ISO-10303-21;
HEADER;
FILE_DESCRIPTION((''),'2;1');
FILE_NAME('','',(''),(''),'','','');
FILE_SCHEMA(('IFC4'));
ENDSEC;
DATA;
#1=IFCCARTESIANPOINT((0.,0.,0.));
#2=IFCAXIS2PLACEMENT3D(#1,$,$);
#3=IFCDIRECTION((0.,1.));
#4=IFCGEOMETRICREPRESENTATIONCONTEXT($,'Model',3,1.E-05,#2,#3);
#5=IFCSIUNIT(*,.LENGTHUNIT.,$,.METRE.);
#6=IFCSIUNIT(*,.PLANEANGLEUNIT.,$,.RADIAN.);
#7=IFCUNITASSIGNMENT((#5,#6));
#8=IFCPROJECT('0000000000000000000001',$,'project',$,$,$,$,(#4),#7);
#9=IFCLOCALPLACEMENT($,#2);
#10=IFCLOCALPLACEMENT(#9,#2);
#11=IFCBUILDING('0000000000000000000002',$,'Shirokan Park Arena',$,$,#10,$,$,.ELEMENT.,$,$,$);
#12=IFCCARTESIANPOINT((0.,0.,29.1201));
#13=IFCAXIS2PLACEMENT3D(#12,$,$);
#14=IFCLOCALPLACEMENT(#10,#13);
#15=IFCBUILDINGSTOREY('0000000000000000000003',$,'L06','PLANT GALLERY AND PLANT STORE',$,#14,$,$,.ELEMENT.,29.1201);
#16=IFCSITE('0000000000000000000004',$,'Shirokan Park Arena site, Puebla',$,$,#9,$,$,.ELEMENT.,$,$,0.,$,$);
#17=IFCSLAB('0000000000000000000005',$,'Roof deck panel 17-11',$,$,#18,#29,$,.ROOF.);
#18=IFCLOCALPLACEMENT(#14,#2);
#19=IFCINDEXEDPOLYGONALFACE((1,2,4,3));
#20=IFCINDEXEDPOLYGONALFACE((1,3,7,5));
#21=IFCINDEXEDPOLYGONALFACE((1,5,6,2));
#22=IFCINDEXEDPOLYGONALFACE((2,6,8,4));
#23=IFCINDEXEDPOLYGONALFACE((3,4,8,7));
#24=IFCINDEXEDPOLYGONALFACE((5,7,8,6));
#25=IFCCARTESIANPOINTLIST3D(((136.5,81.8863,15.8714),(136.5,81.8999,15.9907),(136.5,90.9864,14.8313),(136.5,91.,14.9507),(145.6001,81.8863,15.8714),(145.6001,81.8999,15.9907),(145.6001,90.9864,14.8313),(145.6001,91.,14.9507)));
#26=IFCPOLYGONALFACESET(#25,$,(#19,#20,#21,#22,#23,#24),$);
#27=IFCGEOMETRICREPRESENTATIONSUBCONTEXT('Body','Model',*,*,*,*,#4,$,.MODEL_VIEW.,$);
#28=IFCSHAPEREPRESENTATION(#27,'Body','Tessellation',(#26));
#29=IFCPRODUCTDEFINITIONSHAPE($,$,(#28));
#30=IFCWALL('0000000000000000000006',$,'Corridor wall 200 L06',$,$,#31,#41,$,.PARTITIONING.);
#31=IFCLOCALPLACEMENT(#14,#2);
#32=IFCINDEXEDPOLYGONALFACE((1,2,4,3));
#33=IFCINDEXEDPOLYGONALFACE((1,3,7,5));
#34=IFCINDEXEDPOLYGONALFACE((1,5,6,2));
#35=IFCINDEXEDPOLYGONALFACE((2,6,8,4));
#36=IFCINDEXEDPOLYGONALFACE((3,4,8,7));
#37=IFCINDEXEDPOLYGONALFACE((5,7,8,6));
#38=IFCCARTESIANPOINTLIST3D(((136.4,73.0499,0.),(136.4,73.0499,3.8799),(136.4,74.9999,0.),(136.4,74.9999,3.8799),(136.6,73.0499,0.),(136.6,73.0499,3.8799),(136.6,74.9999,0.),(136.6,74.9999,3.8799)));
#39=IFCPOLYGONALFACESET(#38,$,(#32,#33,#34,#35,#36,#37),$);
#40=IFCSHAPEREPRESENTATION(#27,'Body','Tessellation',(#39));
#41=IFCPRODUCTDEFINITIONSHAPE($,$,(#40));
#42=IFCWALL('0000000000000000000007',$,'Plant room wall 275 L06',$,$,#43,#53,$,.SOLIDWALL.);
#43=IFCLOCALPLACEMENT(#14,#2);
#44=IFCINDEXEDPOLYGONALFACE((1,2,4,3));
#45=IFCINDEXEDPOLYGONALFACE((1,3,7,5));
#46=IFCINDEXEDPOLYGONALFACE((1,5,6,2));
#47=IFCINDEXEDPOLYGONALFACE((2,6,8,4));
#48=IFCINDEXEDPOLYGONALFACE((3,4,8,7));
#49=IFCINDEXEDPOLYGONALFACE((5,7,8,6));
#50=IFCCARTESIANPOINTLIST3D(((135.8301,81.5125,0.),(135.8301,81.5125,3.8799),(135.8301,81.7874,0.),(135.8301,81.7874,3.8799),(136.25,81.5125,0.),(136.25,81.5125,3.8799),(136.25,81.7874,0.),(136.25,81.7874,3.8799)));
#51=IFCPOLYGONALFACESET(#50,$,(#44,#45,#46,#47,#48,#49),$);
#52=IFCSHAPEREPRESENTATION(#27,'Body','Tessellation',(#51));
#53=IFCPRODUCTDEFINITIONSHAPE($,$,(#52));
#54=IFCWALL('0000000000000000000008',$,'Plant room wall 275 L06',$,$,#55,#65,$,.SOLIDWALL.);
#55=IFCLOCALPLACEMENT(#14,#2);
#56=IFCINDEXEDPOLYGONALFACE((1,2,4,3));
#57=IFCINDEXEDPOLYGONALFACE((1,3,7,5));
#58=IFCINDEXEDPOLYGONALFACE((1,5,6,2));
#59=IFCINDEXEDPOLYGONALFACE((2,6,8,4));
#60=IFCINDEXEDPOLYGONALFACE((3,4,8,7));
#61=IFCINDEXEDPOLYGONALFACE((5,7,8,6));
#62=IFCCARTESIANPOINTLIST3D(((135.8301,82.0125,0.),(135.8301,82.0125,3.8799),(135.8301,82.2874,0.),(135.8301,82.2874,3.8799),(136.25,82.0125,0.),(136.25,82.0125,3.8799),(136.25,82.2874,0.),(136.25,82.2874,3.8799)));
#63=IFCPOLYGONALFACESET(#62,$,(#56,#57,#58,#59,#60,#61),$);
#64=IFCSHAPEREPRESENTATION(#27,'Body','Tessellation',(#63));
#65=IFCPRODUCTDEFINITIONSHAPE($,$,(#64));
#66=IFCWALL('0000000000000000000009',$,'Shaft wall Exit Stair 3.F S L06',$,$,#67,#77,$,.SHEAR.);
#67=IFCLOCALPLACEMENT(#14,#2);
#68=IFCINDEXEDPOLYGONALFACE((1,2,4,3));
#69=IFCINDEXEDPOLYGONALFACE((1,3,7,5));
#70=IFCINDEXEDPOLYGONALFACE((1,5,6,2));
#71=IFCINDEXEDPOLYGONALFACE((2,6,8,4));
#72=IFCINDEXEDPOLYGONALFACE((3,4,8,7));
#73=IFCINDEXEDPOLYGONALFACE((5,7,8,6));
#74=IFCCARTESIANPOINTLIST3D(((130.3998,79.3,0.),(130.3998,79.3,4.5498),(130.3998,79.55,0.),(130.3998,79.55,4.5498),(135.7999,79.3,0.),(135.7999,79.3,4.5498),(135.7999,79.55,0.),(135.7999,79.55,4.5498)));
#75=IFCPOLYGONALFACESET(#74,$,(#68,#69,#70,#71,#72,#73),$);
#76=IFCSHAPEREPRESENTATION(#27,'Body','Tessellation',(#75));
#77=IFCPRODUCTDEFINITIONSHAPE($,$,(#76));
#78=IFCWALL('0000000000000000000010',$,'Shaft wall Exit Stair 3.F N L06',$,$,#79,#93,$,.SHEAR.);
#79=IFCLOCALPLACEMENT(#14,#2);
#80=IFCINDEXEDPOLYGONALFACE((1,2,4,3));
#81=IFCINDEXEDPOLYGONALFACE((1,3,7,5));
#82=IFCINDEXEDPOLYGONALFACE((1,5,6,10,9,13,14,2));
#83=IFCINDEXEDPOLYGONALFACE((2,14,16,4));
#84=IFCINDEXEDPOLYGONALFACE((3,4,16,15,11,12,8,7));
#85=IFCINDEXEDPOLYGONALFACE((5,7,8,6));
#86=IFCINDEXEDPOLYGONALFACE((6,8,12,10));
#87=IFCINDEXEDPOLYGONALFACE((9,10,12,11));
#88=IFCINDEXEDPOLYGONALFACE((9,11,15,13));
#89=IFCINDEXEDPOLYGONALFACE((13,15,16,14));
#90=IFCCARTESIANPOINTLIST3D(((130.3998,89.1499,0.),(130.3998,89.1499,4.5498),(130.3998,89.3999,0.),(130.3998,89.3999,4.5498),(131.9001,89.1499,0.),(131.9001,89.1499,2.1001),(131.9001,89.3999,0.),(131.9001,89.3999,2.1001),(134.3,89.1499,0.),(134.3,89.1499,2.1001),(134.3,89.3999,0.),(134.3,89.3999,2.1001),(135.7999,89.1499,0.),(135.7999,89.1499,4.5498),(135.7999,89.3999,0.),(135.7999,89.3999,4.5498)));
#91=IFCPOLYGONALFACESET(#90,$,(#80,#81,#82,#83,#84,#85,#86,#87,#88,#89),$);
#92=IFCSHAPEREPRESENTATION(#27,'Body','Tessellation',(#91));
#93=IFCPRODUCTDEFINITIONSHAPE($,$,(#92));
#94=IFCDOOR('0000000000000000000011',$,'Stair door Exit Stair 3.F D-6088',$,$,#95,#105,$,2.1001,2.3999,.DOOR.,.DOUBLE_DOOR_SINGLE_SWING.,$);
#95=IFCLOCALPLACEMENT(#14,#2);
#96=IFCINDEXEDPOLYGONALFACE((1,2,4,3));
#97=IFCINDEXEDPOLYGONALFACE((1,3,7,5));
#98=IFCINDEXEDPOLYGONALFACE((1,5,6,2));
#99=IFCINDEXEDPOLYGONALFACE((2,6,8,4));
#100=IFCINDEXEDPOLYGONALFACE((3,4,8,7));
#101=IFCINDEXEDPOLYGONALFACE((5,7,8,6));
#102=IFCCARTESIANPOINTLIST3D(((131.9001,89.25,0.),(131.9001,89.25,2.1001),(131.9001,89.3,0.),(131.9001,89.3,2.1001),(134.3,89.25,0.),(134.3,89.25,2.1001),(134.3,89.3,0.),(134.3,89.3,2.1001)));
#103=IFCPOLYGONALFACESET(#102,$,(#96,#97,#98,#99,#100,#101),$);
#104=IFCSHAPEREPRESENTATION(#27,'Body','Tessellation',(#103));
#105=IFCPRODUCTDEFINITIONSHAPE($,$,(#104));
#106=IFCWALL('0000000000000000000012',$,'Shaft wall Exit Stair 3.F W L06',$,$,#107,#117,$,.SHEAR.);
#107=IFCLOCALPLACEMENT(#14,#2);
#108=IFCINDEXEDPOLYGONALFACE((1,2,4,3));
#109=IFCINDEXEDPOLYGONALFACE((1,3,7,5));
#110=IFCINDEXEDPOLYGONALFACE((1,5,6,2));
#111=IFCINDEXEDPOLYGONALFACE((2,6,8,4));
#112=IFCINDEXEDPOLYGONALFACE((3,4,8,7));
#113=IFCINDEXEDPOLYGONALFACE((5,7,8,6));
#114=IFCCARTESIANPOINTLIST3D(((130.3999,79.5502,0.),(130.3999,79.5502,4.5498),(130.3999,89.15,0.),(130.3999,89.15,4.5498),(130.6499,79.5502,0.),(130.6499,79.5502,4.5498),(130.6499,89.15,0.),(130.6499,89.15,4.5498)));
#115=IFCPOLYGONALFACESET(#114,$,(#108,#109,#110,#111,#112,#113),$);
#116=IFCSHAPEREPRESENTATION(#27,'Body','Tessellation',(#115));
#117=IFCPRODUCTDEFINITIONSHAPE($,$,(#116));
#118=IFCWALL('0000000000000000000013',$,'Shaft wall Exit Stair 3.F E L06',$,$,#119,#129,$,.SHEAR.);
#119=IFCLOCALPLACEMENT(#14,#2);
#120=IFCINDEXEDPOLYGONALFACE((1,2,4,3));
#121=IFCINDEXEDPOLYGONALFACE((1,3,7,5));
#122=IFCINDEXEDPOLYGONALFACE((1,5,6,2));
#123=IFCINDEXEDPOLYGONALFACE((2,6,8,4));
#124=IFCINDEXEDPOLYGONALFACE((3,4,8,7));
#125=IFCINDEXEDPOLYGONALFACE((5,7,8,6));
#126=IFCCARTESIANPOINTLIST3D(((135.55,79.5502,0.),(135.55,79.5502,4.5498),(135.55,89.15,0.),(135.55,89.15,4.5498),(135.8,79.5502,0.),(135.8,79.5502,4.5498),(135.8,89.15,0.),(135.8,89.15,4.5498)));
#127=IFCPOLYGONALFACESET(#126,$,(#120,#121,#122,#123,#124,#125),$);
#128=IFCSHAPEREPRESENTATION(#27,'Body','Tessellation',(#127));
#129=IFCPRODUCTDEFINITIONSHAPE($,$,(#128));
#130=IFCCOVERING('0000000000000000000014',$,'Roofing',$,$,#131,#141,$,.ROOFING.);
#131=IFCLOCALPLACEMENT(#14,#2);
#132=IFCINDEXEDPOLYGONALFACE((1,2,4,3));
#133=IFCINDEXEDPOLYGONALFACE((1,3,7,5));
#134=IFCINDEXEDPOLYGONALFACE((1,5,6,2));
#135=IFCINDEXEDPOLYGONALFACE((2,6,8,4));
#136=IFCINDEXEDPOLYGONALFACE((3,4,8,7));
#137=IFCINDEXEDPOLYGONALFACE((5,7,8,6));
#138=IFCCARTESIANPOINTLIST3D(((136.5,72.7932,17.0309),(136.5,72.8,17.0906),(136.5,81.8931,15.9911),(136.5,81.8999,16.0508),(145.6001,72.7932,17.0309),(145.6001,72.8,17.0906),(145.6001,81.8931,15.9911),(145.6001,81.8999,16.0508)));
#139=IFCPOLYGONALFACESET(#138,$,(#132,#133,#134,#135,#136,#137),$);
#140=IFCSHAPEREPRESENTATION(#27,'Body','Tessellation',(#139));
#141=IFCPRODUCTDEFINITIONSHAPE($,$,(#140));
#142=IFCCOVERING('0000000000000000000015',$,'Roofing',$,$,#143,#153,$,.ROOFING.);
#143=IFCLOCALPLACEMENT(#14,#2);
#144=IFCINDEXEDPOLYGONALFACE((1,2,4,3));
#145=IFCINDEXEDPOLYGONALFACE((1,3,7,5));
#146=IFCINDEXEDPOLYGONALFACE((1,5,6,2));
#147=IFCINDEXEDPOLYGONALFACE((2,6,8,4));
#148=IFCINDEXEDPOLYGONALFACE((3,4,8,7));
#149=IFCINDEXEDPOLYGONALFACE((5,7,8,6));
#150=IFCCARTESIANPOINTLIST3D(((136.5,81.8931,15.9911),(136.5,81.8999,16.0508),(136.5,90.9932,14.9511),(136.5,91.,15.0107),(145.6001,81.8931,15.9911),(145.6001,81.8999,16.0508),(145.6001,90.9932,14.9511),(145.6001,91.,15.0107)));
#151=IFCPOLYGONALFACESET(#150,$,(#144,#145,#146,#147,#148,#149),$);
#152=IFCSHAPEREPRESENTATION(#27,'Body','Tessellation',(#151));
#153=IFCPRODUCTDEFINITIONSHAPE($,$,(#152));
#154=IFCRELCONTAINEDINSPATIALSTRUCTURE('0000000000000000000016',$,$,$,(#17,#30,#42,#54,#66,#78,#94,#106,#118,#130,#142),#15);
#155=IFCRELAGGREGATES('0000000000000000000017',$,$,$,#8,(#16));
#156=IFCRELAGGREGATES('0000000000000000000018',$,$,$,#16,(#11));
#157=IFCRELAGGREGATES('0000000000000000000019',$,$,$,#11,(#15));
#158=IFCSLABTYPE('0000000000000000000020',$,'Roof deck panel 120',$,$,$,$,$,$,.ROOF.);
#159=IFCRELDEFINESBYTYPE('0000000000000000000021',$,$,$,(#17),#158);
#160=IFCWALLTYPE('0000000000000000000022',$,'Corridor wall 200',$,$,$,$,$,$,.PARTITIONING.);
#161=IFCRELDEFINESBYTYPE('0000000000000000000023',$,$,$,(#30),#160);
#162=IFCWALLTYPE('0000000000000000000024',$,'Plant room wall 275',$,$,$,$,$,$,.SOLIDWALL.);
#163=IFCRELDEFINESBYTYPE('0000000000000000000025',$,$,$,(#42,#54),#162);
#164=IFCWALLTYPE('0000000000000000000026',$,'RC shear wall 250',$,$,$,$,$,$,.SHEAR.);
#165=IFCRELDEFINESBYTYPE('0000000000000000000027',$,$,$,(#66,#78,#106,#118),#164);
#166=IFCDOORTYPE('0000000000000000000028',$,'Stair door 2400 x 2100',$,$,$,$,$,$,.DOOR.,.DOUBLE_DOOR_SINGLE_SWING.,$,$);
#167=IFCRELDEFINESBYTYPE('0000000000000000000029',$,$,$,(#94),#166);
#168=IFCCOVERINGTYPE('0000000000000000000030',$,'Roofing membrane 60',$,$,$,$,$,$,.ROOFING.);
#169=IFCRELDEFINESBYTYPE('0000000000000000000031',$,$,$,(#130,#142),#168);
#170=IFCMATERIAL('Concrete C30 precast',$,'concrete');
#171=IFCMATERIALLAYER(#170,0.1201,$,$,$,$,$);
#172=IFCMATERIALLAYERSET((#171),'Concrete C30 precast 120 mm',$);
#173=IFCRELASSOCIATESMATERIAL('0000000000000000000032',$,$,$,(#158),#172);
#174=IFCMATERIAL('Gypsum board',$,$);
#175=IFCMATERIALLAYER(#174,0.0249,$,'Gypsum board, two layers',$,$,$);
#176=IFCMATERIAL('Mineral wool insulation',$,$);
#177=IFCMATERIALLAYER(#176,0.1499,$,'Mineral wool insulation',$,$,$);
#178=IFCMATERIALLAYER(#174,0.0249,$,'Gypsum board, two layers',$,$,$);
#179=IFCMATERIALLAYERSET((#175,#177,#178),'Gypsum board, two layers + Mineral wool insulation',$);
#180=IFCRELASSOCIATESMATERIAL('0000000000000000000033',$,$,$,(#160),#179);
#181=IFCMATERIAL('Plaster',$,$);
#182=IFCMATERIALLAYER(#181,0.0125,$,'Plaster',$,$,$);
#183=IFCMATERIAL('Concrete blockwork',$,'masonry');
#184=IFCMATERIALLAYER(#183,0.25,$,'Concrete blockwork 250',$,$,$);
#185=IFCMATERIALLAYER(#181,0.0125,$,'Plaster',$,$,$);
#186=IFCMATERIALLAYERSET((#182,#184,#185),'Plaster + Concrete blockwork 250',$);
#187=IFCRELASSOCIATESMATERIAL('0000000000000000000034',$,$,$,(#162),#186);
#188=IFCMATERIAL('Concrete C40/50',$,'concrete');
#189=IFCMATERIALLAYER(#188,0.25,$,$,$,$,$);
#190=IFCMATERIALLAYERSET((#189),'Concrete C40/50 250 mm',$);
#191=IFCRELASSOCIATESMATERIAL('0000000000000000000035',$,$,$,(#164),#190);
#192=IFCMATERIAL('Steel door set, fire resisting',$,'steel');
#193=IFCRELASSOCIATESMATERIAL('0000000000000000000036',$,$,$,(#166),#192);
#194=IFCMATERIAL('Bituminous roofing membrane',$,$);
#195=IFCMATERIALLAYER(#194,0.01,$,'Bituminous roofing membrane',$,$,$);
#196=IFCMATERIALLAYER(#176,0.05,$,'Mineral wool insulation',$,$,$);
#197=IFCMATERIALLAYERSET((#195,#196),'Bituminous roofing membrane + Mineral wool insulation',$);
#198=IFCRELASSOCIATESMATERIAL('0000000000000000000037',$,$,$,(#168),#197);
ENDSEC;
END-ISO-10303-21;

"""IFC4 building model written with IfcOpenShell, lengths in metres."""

from ifc_helpers import new_model, si_unit, direction, frame, frame_2d, origin, place, context, subcontext, project, spatial, polyline, rectangle, outline, extrude, material, layer, layer_set, type_object, element, fill, save


model = new_model("IFC4")

# Units and contexts
model_context = context("Model", 3, precision=1e-05, world=origin(), true_north=direction((0.0, 1.0)))
body_context = subcontext(model_context, "Body", "Model", "MODEL_VIEW")
ifc_project = project(units=[si_unit("LENGTHUNIT", "METRE"), si_unit("PLANEANGLEUNIT", "RADIAN")], contexts=[model_context])

# Site, building, storey
site_placement = place(None, origin())
site = spatial("IfcSite", under=ifc_project, at=site_placement, Name="Shirokan Park Arena site, Puebla", CompositionType="ELEMENT", RefElevation=0.0)
building_placement = place(site_placement, origin())
building = spatial("IfcBuilding", under=site, at=building_placement, Name="Shirokan Park Arena", CompositionType="ELEMENT")
storey_placement = place(building_placement, frame((0.0, 0.0, 29.1201)))
storey = spatial("IfcBuildingStorey", under=building, at=storey_placement, Name="L06", Description="PLANT GALLERY AND PLANT STORE", CompositionType="ELEMENT", Elevation=29.1201)

# Slab
ifc_material_1 = material(Name="Concrete C30 precast", Category="concrete")
ifc_layer_1 = layer(ifc_material_1, 0.1201)
ifc_layer_set_1 = layer_set([ifc_layer_1], Name="Concrete C30 precast 120 mm")
slab_type = type_object("IfcSlabType", Name="Roof deck panel 120", PredefinedType="ROOF", material=ifc_layer_set_1)
slab_1_placement = place(storey_placement, frame((136.5, 81.8999, 15.9907), z_axis=(0.0, 0.11355, 0.993532), x_axis=(1.0, 0.0, 0.0)))
element("IfcSlab", 1, at=slab_1_placement, inside=storey, type_object=slab_type, Name="Roof deck panel 17-11", PredefinedType="ROOF", context=body_context, shape_type="SweptSolid", body=[
    extrude(outline(polyline([(0.0, 0.0), (9.1001, 0.0), (9.1001, 9.1593), (0.0, 9.1593), (0.0, 0.0)])), origin(), (0.0, 0.0, -1.0), 0.1201),
])

# Walls
ifc_material_2 = material(Name="Gypsum board")
ifc_layer_2 = layer(ifc_material_2, 0.0249, Name="Gypsum board, two layers")
ifc_material_3 = material(Name="Mineral wool insulation")
ifc_layer_3 = layer(ifc_material_3, 0.1499, Name="Mineral wool insulation")
ifc_layer_4 = layer(ifc_material_2, 0.0249, Name="Gypsum board, two layers")
ifc_layer_set_2 = layer_set([ifc_layer_2, ifc_layer_3, ifc_layer_4], Name="Gypsum board, two layers + Mineral wool insulation")
wall_type_1 = type_object("IfcWallType", Name="Corridor wall 200", PredefinedType="PARTITIONING", material=ifc_layer_set_2)
wall_1_placement = place(storey_placement, frame((136.5, 75.0, 0.0), z_axis=(0.0, 0.0, 1.0), x_axis=(0.0, -1.0, 0.0)))
element("IfcWall", 2, at=wall_1_placement, inside=storey, type_object=wall_type_1, Name="Corridor wall 200 L06", PredefinedType="PARTITIONING", context=body_context, shape_type="SweptSolid", body=[
    extrude(rectangle(XDim=1.95, YDim=0.2, at=frame_2d((0.9751, 0.0))), origin(), (0.0, 0.0, 1.0), 3.8799),
])
ifc_material_4 = material(Name="Plaster")
ifc_layer_5 = layer(ifc_material_4, 0.0125, Name="Plaster")
ifc_material_5 = material(Name="Concrete blockwork", Category="masonry")
ifc_layer_6 = layer(ifc_material_5, 0.25, Name="Concrete blockwork 250")
ifc_layer_7 = layer(ifc_material_4, 0.0125, Name="Plaster")
ifc_layer_set_3 = layer_set([ifc_layer_5, ifc_layer_6, ifc_layer_7], Name="Plaster + Concrete blockwork 250")
wall_type_2 = type_object("IfcWallType", Name="Plant room wall 275", PredefinedType="SOLIDWALL", material=ifc_layer_set_3)
for number, where, z_axis, x_axis, name in (
    (3, (135.8301, 81.6499, 0.0), (0.0, 0.0, 1.0), (1.0, 0.0, 0.0), "Plant room wall 275 L06"),
    (4, (136.25, 82.1499, 0.0), (0.0, 0.0, 1.0), (-1.0, 0.0, 0.0), "Plant room wall 275 L06"),
):
    element("IfcWall", number, at=place(storey_placement, frame(where, z_axis=z_axis, x_axis=x_axis)), inside=storey, type_object=wall_type_2, Name=name, PredefinedType="SOLIDWALL", context=body_context, shape_type="SweptSolid", body=[
        extrude(rectangle(XDim=0.4199, YDim=0.2749, at=frame_2d((0.21, 0.0))), origin(), (0.0, 0.0, 1.0), 3.8799),
    ])
ifc_material_6 = material(Name="Concrete C40/50", Category="concrete")
ifc_layer_8 = layer(ifc_material_6, 0.25)
ifc_layer_set_4 = layer_set([ifc_layer_8], Name="Concrete C40/50 250 mm")
wall_type_3 = type_object("IfcWallType", Name="RC shear wall 250", PredefinedType="SHEAR", material=ifc_layer_set_4)
wall_2_placement = place(storey_placement, frame((135.8, 79.425, 0.0), z_axis=(0.0, 0.0, 1.0), x_axis=(-1.0, 0.0, 0.0)))
element("IfcWall", 5, at=wall_2_placement, inside=storey, type_object=wall_type_3, Name="Shaft wall Exit Stair 3.F S L06", PredefinedType="SHEAR", context=body_context, shape_type="SweptSolid", body=[
    extrude(rectangle(XDim=5.4001, YDim=0.25, at=frame_2d((2.7002, 0.0))), origin(), (0.0, 0.0, 1.0), 4.5498),
])

# Wall, opening, door
wall_3_placement = place(storey_placement, frame((135.8, 89.2749, 0.0), z_axis=(0.0, 0.0, 1.0), x_axis=(-1.0, 0.0, 0.0)))
wall_3 = element("IfcWall", 6, at=wall_3_placement, inside=storey, type_object=wall_type_3, Name="Shaft wall Exit Stair 3.F N L06", PredefinedType="SHEAR", context=body_context, shape_type="SweptSolid", body=[
    extrude(rectangle(XDim=5.4001, YDim=0.25, at=frame_2d((2.7002, 0.0))), origin(), (0.0, 0.0, 1.0), 4.5498),
])
opening_placement = place(wall_3_placement, frame((1.5, 0.0, 0.0)))
opening = element("IfcOpeningElement", 7, at=opening_placement, cuts=wall_3, PredefinedType="OPENING", context=body_context, shape_type="SweptSolid", body=[
    extrude(rectangle(XDim=2.3999, YDim=2.1001, at=frame_2d((1.2, 1.05))), frame((0.0, 0.135, 0.0), z_axis=(0.0, -1.0, 0.0), x_axis=(1.0, 0.0, 0.0)), (0.0, 0.0, 1.0), 0.27),
])
ifc_material_7 = material(Name="Steel door set, fire resisting", Category="steel")
door_type = type_object("IfcDoorType", Name="Stair door 2400 x 2100", OperationType="DOUBLE_DOOR_SINGLE_SWING", PredefinedType="DOOR", material=ifc_material_7)
door_placement = place(opening_placement, origin())
door = element("IfcDoor", 8, at=door_placement, inside=storey, type_object=door_type, Name="Stair door Exit Stair 3.F D-6088", OperationType="DOUBLE_DOOR_SINGLE_SWING", OverallHeight=2.1001, OverallWidth=2.3999, PredefinedType="DOOR", context=body_context, shape_type="SweptSolid", body=[
    extrude(rectangle(XDim=2.3999, YDim=2.1001, at=frame_2d((1.2, 1.05))), frame((0.0, 0.0249, 0.0), z_axis=(0.0, -1.0, 0.0), x_axis=(1.0, 0.0, 0.0)), (0.0, 0.0, 1.0), 0.05),
])
fill(opening, door)

# Walls
for number, where, z_axis, x_axis, name in (
    (9, (130.5249, 89.1499, 0.0), (0.0, 0.0, 1.0), (0.0, -1.0, 0.0), "Shaft wall Exit Stair 3.F W L06"),
    (10, (135.675, 89.1499, 0.0), (0.0, 0.0, 1.0), (0.0, -1.0, 0.0), "Shaft wall Exit Stair 3.F E L06"),
):
    element("IfcWall", number, at=place(storey_placement, frame(where, z_axis=z_axis, x_axis=x_axis)), inside=storey, type_object=wall_type_3, Name=name, PredefinedType="SHEAR", context=body_context, shape_type="SweptSolid", body=[
        extrude(rectangle(XDim=9.5999, YDim=0.25, at=frame_2d((4.7998, 0.0))), origin(), (0.0, 0.0, 1.0), 4.5498),
    ])

# Coverings
ifc_material_8 = material(Name="Bituminous roofing membrane")
ifc_layer_9 = layer(ifc_material_8, 0.01, Name="Bituminous roofing membrane")
ifc_layer_10 = layer(ifc_material_3, 0.05, Name="Mineral wool insulation")
ifc_layer_set_5 = layer_set([ifc_layer_9, ifc_layer_10], Name="Bituminous roofing membrane + Mineral wool insulation")
covering_type = type_object("IfcCoveringType", Name="Roofing membrane 60", PredefinedType="ROOFING", material=ifc_layer_set_5)
covering_1_placement = place(storey_placement, frame((136.5, 72.8, 17.0906), z_axis=(0.0, 0.113526, 0.993535), x_axis=(1.0, 0.0, 0.0)))
element("IfcCovering", 11, at=covering_1_placement, inside=storey, type_object=covering_type, Name="Roofing", PredefinedType="ROOFING", context=body_context, shape_type="SweptSolid", body=[
    extrude(outline(polyline([(0.0, 0.0), (9.1001, 0.0), (9.1001, 9.1591), (0.0, 9.1591), (0.0, 0.0)])), origin(), (0.0, 0.0, -1.0), 0.0601),
])
covering_2_placement = place(storey_placement, frame((136.5, 81.8999, 16.0508), z_axis=(0.0, 0.11355, 0.993532), x_axis=(1.0, 0.0, 0.0)))
element("IfcCovering", 12, at=covering_2_placement, inside=storey, type_object=covering_type, Name="Roofing", PredefinedType="ROOFING", context=body_context, shape_type="SweptSolid", body=[
    extrude(outline(polyline([(0.0, 0.0), (9.1001, 0.0), (9.1001, 9.1593), (0.0, 9.1593), (0.0, 0.0)])), origin(), (0.0, 0.0, -1.0), 0.0601),
])

save(model, "model.ifc")
